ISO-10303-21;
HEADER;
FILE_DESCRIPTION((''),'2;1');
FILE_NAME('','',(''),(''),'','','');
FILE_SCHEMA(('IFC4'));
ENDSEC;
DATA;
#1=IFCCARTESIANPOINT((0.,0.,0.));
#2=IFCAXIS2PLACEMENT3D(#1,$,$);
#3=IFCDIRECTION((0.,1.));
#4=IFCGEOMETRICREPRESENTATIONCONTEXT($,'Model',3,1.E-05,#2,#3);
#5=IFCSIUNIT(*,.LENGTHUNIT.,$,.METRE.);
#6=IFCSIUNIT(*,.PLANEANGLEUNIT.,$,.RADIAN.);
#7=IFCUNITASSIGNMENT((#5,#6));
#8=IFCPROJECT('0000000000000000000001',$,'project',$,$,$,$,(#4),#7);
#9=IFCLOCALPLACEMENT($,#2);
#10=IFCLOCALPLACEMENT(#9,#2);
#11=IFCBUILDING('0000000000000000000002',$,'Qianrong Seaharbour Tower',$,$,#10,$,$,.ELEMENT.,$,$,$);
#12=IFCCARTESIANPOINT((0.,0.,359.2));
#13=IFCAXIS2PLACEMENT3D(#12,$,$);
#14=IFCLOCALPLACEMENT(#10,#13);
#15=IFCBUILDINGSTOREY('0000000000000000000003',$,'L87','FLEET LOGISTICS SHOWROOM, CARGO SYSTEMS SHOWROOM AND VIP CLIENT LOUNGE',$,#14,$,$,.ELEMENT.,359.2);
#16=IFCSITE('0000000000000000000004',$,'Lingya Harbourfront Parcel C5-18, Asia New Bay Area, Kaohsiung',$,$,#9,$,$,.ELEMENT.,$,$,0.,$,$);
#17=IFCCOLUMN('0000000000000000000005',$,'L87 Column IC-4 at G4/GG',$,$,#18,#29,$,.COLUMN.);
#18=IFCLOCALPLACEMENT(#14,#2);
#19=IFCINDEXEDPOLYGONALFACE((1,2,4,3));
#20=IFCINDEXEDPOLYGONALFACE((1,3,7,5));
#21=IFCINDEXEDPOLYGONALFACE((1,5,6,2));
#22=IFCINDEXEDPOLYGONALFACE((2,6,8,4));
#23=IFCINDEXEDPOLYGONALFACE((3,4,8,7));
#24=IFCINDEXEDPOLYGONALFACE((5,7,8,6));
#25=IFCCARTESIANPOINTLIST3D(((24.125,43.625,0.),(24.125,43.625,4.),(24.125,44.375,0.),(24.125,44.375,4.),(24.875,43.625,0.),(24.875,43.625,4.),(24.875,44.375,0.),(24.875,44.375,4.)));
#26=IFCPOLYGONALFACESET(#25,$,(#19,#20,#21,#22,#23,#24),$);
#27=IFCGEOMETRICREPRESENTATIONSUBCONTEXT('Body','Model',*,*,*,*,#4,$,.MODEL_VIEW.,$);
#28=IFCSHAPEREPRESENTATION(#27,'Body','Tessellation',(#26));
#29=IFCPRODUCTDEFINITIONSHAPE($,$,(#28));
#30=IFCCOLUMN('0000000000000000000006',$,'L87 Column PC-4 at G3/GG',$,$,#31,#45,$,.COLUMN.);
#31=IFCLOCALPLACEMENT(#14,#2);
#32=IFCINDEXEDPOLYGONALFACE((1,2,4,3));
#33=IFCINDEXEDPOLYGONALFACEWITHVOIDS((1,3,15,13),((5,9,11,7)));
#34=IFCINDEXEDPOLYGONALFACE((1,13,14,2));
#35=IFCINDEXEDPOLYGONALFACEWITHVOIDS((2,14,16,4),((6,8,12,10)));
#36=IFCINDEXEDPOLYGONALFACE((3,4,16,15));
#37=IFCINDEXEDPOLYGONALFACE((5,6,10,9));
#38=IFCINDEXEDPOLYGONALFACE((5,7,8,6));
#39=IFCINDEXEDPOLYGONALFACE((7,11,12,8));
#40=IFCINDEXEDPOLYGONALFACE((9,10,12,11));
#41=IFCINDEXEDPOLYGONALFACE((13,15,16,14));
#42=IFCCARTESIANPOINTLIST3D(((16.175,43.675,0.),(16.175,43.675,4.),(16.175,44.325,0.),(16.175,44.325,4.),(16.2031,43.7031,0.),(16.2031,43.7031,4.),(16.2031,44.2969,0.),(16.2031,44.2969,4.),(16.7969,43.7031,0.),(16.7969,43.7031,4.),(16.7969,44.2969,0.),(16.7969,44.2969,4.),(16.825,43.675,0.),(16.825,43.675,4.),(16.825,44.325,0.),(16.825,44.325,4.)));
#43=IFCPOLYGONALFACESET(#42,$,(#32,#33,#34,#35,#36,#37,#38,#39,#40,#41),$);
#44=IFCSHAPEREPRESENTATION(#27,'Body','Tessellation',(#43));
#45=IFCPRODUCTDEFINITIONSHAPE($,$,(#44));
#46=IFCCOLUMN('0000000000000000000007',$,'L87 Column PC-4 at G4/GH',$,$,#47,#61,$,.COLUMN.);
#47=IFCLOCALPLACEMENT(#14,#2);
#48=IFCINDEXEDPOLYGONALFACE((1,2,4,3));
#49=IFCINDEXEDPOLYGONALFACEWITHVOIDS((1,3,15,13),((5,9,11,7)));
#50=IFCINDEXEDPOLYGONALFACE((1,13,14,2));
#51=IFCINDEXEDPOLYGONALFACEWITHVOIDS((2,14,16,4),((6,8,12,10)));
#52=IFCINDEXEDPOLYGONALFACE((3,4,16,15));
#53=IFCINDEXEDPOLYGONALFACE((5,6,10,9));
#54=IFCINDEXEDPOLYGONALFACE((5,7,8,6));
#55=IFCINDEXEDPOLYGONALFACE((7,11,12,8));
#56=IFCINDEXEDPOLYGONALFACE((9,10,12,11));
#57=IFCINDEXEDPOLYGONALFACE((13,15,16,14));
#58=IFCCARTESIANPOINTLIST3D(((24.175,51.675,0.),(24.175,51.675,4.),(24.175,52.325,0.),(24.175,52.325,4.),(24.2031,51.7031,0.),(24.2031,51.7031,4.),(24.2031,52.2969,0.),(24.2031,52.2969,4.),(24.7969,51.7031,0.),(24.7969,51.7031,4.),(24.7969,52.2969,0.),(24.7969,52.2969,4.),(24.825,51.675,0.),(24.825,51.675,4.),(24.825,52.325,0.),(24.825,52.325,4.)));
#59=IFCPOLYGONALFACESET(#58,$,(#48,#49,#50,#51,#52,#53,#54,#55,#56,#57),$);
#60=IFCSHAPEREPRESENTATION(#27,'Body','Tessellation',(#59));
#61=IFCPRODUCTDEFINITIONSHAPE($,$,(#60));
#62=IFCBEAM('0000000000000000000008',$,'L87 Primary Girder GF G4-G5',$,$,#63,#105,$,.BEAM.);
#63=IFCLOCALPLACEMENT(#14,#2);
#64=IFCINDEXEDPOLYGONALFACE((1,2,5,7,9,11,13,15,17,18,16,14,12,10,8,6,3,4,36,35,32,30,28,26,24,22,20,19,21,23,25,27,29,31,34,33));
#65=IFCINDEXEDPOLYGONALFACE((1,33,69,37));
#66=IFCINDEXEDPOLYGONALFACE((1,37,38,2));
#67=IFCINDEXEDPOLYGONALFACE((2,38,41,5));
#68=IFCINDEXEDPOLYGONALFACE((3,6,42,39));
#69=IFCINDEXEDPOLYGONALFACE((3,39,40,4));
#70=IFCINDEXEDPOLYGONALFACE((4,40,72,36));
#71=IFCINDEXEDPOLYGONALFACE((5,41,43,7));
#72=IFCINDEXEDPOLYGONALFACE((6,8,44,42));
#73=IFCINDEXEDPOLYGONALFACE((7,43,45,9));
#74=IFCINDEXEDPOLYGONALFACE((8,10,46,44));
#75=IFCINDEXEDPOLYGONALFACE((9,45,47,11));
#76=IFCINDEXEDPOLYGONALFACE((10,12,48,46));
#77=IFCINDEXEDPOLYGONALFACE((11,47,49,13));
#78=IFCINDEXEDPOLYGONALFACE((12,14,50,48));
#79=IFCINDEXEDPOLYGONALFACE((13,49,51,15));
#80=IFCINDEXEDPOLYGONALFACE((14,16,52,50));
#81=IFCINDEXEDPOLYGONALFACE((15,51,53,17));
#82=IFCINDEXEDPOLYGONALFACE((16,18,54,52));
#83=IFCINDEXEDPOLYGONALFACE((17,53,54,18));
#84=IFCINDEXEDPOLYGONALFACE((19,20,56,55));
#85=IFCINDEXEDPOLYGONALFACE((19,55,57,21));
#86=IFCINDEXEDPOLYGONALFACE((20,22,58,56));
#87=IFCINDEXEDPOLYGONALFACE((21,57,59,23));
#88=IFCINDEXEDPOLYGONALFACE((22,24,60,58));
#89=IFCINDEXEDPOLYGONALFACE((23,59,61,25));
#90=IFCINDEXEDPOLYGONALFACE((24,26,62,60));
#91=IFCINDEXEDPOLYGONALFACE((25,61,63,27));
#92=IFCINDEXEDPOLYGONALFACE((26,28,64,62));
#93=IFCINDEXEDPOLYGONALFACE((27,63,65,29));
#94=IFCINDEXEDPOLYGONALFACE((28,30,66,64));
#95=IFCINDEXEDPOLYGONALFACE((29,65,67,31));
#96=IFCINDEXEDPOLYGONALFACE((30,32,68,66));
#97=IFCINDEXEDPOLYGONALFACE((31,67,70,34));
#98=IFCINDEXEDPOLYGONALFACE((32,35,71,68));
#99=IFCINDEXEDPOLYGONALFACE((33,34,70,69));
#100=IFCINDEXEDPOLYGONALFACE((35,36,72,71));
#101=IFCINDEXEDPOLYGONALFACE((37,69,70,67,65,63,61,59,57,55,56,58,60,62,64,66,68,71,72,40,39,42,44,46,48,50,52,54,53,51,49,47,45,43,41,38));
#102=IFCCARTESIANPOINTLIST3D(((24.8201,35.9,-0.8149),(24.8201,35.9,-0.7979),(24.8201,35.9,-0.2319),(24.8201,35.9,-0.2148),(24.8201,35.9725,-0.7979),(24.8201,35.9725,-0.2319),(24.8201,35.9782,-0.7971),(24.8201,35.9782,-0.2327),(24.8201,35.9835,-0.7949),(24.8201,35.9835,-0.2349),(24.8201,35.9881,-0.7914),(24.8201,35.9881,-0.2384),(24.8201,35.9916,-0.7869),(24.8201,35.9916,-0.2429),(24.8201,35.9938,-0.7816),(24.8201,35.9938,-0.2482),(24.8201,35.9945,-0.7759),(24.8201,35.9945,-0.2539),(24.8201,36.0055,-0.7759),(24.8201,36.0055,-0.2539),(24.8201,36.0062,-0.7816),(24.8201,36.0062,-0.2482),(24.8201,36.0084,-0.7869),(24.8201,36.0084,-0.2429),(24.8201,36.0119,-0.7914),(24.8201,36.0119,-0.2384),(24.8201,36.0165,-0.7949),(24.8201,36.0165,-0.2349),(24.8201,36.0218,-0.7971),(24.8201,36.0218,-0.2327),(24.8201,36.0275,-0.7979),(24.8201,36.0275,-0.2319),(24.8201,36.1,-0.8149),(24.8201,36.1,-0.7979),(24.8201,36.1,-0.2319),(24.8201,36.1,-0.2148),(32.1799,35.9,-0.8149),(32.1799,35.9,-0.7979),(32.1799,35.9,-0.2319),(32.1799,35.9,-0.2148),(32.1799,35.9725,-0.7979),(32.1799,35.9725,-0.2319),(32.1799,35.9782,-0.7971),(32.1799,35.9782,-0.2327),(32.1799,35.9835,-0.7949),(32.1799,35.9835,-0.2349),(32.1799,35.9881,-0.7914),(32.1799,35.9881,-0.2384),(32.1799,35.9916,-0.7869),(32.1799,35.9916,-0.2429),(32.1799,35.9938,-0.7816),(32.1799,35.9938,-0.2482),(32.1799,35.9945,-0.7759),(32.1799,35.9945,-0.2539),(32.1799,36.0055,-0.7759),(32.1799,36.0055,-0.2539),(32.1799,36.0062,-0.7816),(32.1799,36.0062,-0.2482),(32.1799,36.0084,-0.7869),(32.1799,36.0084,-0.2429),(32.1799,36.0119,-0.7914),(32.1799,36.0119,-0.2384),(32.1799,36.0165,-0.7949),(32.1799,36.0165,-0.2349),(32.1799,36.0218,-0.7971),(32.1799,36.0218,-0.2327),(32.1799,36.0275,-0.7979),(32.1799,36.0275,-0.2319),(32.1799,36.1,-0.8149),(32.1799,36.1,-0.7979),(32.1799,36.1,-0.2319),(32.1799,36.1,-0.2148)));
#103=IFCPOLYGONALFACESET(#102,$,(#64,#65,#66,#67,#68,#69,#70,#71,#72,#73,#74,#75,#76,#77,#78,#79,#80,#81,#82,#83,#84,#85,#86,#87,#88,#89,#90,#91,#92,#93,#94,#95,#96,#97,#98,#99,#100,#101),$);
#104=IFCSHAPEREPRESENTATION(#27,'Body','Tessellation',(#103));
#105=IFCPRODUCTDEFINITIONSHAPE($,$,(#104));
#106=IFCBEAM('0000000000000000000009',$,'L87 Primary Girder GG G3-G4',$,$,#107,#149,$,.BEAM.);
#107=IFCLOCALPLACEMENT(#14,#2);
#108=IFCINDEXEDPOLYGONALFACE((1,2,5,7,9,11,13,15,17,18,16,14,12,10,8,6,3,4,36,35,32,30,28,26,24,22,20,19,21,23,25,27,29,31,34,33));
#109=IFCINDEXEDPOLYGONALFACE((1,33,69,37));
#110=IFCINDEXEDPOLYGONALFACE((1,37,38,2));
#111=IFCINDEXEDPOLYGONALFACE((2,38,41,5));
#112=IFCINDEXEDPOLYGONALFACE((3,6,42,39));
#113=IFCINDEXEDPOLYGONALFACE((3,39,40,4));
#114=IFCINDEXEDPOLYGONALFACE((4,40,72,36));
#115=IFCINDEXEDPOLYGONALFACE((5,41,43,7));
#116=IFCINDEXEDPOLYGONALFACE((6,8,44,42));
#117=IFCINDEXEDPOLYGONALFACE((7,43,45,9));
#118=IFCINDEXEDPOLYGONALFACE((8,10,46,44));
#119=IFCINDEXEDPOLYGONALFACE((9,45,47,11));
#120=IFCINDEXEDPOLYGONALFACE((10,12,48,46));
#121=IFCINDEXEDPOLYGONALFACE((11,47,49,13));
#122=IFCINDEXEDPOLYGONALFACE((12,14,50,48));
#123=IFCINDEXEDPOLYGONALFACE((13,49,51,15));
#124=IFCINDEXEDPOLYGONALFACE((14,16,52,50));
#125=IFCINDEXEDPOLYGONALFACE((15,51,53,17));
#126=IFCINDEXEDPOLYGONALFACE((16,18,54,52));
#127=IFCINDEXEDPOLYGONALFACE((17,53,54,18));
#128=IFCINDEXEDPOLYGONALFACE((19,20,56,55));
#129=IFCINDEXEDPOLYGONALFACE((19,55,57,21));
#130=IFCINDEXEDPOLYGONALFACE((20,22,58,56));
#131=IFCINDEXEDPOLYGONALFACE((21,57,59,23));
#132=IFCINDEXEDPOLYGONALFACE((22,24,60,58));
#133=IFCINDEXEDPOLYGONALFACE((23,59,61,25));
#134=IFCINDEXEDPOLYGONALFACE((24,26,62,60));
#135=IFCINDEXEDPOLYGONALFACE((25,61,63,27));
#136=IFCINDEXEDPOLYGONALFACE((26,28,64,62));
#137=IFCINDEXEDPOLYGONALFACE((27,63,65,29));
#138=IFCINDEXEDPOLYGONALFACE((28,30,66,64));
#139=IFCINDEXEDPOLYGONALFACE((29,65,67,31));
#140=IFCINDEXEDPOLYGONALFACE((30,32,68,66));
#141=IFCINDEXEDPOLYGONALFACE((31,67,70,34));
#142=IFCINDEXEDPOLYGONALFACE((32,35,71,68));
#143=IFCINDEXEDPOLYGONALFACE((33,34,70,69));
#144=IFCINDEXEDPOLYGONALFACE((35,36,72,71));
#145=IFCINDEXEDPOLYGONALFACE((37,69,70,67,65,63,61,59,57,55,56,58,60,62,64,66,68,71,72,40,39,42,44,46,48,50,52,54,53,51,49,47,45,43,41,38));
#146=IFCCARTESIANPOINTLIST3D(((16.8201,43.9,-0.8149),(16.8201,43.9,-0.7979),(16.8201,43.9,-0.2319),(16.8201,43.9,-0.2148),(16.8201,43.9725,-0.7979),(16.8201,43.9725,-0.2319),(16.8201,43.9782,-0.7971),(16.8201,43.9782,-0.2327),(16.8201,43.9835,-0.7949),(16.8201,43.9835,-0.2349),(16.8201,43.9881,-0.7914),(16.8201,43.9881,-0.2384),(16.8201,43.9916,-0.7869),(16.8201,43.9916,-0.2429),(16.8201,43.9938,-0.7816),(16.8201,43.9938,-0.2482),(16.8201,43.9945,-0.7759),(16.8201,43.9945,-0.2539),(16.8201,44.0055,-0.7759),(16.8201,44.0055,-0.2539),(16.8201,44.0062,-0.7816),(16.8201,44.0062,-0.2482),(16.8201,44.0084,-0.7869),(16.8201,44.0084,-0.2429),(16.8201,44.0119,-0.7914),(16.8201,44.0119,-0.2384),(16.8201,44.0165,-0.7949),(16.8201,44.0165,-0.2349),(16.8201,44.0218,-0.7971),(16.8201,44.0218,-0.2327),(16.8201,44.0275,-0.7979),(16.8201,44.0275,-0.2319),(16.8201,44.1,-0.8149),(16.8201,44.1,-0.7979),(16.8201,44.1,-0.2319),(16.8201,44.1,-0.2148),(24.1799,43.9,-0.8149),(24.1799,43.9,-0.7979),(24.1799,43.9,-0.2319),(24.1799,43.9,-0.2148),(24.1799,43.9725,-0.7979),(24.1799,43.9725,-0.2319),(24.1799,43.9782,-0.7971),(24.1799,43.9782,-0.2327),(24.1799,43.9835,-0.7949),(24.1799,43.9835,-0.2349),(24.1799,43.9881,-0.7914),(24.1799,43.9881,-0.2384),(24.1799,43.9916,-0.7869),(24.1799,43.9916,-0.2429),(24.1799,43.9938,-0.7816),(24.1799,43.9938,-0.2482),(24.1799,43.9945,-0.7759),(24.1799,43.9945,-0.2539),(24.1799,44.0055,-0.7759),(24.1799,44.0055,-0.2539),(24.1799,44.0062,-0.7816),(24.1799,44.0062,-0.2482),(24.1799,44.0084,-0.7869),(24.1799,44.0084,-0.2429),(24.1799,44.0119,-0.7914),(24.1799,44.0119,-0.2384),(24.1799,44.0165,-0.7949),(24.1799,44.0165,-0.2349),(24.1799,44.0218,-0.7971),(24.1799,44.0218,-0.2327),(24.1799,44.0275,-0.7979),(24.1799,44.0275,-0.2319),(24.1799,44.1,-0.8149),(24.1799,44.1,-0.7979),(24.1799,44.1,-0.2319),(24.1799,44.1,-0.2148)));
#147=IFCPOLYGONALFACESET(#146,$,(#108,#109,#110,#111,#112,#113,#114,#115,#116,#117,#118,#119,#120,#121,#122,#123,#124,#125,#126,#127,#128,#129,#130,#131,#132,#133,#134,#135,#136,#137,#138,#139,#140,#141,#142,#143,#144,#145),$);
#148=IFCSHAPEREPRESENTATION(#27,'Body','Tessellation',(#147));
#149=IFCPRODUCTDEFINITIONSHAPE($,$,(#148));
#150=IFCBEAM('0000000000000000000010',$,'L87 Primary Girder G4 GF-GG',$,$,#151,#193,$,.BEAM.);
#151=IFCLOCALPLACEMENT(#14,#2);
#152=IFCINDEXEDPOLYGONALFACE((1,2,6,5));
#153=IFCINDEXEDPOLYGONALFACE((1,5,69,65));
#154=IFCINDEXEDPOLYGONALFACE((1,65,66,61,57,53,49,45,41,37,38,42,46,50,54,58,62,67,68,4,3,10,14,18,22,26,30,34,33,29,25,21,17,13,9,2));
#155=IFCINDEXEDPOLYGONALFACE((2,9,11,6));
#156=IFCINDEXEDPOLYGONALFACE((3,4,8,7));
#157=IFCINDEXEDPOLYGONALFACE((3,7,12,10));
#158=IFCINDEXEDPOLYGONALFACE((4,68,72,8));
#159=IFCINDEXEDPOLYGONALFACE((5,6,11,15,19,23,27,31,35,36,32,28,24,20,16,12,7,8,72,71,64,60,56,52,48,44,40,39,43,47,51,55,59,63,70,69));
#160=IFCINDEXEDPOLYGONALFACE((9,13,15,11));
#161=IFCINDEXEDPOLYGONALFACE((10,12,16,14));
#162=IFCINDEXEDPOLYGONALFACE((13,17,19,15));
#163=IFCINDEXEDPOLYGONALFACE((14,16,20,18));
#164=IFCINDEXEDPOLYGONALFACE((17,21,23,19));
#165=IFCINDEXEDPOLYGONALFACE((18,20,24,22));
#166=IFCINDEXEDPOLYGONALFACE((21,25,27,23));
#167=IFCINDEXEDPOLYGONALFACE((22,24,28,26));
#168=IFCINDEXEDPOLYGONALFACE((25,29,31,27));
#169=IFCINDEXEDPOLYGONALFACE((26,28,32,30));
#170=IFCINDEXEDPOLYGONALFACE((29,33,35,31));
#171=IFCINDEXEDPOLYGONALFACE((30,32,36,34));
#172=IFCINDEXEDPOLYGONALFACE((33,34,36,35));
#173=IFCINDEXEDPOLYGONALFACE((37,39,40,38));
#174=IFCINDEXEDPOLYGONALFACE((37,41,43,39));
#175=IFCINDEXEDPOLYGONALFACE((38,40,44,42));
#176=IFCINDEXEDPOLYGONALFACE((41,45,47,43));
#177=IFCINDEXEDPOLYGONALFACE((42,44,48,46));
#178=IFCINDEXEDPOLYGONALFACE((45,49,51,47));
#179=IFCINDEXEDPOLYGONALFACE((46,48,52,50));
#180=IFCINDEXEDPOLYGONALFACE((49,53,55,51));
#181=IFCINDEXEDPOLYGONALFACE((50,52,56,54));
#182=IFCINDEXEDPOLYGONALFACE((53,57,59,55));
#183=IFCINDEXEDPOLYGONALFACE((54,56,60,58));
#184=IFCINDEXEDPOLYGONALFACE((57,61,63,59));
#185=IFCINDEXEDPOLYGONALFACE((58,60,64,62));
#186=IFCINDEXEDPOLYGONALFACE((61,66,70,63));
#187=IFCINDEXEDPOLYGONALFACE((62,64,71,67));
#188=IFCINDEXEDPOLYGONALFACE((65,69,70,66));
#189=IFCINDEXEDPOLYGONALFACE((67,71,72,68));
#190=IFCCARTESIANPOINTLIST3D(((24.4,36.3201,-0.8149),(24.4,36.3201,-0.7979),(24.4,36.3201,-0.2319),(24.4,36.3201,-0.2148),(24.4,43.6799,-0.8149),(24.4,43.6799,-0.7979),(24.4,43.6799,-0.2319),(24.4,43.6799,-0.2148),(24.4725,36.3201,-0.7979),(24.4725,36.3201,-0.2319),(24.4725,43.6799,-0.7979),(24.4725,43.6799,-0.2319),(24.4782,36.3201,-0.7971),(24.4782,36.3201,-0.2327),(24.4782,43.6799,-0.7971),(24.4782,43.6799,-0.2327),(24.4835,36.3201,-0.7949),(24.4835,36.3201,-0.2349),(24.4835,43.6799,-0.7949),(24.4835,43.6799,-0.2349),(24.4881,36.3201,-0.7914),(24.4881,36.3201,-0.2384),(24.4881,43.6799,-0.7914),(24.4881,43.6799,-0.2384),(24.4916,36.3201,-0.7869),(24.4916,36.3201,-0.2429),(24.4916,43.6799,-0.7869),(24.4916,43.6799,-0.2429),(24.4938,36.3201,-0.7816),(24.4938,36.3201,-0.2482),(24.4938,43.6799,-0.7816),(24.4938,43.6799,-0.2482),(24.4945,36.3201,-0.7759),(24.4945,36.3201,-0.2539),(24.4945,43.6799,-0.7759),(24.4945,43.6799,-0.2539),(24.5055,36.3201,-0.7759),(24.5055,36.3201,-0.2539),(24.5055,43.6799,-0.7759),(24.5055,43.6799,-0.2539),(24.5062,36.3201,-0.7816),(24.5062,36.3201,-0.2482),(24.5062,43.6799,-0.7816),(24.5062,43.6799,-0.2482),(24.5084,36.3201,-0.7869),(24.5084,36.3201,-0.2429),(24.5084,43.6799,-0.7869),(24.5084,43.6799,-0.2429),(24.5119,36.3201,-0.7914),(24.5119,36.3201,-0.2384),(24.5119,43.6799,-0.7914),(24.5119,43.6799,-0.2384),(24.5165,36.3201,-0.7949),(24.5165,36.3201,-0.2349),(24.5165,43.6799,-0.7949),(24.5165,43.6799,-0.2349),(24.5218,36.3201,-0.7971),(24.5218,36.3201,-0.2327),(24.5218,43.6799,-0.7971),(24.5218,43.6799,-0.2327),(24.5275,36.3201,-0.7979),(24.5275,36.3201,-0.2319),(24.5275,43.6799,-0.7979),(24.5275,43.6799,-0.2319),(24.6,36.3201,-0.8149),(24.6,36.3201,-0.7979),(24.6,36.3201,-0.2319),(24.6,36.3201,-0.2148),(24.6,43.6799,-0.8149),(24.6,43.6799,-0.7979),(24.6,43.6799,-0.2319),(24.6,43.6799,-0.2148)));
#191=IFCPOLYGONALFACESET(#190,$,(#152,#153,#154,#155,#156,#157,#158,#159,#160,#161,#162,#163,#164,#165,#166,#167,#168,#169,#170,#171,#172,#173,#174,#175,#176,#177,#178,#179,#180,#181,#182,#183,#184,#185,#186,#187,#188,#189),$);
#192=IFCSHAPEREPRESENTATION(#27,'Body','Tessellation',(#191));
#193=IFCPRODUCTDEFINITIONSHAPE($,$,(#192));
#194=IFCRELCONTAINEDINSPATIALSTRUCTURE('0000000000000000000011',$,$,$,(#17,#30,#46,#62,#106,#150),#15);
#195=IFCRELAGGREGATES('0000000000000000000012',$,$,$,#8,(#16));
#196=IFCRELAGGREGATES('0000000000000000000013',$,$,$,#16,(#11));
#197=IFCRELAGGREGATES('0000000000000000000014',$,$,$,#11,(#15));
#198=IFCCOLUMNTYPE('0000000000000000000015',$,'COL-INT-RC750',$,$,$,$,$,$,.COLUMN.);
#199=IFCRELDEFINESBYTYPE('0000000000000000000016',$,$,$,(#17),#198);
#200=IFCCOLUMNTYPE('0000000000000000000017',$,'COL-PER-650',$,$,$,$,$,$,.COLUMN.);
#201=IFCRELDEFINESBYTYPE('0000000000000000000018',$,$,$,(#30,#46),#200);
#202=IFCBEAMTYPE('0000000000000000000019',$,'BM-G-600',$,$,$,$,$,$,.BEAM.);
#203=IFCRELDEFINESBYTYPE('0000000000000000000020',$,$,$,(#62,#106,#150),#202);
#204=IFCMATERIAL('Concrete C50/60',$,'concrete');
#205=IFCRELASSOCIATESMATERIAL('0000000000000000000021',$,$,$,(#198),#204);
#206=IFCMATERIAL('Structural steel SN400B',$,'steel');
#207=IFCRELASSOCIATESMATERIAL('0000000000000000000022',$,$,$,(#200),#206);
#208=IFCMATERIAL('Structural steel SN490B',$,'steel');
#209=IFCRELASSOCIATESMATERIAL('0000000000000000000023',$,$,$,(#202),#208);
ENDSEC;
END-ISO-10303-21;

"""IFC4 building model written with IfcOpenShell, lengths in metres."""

from ifc_helpers import new_model, si_unit, direction, frame, origin, origin_2d, place, context, subcontext, project, spatial, rectangle, hollow_rectangle, i_section, extrude, material, material_profile, profile_set, type_object, element, save


model = new_model("IFC4")

# Units and contexts
model_context = context("Model", 3, precision=1e-05, world=origin(), true_north=direction((0.0, 1.0)))
body_context = subcontext(model_context, "Body", "Model", "MODEL_VIEW")
ifc_project = project(units=[si_unit("LENGTHUNIT", "METRE"), si_unit("PLANEANGLEUNIT", "RADIAN")], contexts=[model_context])

# Site, building, storey
site_placement = place(None, origin())
site = spatial("IfcSite", under=ifc_project, at=site_placement, Name="Lingya Harbourfront Parcel C5-18, Asia New Bay Area, Kaohsiung", CompositionType="ELEMENT", RefElevation=0.0)
building_placement = place(site_placement, origin())
building = spatial("IfcBuilding", under=site, at=building_placement, Name="Qianrong Seaharbour Tower", CompositionType="ELEMENT")
storey_placement = place(building_placement, frame((0.0, 0.0, 359.2)))
storey = spatial("IfcBuildingStorey", under=building, at=storey_placement, Name="L87", Description="FLEET LOGISTICS SHOWROOM, CARGO SYSTEMS SHOWROOM AND VIP CLIENT LOUNGE", CompositionType="ELEMENT", Elevation=359.2)

# Columns
ifc_material_1 = material(Name="Concrete C50/60", Category="concrete")
ifc_material_profile_1 = material_profile(ifc_material_1, rectangle(XDim=0.75, YDim=0.75, at=origin_2d()), Name="RC750x750")
ifc_profile_set_1 = profile_set([ifc_material_profile_1], Name="Concrete C50/60")
column_type_1 = type_object("IfcColumnType", Name="COL-INT-RC750", PredefinedType="COLUMN", material=ifc_profile_set_1)
column_placement = place(storey_placement, frame((24.5, 44.0, 0.0), z_axis=(0.0, 0.0, 1.0), x_axis=(1.0, 0.0, 0.0)))
element("IfcColumn", 1, at=column_placement, inside=storey, type_object=column_type_1, Name="L87 Column IC-4 at G4/GG", PredefinedType="COLUMN", context=body_context, shape_type="SweptSolid", body=[
    extrude(rectangle(XDim=0.75, YDim=0.75, at=origin_2d()), origin(), (0.0, 0.0, 1.0), 4.0),
])
ifc_material_2 = material(Name="Structural steel SN400B", Category="steel")
ifc_material_profile_2 = material_profile(ifc_material_2, hollow_rectangle(XDim=0.6499, YDim=0.6499, WallThickness=0.0281, at=origin_2d()), Name="BOX650x650x28")
ifc_profile_set_2 = profile_set([ifc_material_profile_2], Name="Structural steel SN400B")
column_type_2 = type_object("IfcColumnType", Name="COL-PER-650", PredefinedType="COLUMN", material=ifc_profile_set_2)
for number, where, z_axis, x_axis, name in (
    (2, (16.5, 44.0, 0.0), (0.0, 0.0, 1.0), (1.0, 0.0, 0.0), "L87 Column PC-4 at G3/GG"),
    (3, (24.5, 52.0, 0.0), (0.0, 0.0, 1.0), (1.0, 0.0, 0.0), "L87 Column PC-4 at G4/GH"),
):
    element("IfcColumn", number, at=place(storey_placement, frame(where, z_axis=z_axis, x_axis=x_axis)), inside=storey, type_object=column_type_2, Name=name, PredefinedType="COLUMN", context=body_context, shape_type="SweptSolid", body=[
        extrude(hollow_rectangle(XDim=0.6499, YDim=0.6499, WallThickness=0.0281, at=origin_2d()), origin(), (0.0, 0.0, 1.0), 4.0),
    ])

# Beams
ifc_material_3 = material(Name="Structural steel SN490B", Category="steel")
ifc_material_profile_3 = material_profile(ifc_material_3, i_section(OverallWidth=0.2, OverallDepth=0.6001, WebThickness=0.011, FlangeThickness=0.0171, FilletRadius=0.022, at=origin_2d()), Name="H600x200x11x17")
ifc_profile_set_3 = profile_set([ifc_material_profile_3], Name="Structural steel SN490B")
beam_type_1 = type_object("IfcBeamType", Name="BM-G-600", PredefinedType="BEAM", material=ifc_profile_set_3)
for number, where, z_axis, x_axis, name in (
    (4, (24.8201, 36.0, -0.5149), (1.0, 0.0, 0.0), (0.0, 1.0, 0.0), "L87 Primary Girder GF G4-G5"),
    (5, (16.8201, 44.0, -0.5149), (1.0, 0.0, 0.0), (0.0, 1.0, 0.0), "L87 Primary Girder GG G3-G4"),
    (6, (24.5, 36.3201, -0.5149), (0.0, 1.0, 0.0), (-1.0, 0.0, 0.0), "L87 Primary Girder G4 GF-GG"),
):
    element("IfcBeam", number, at=place(storey_placement, frame(where, z_axis=z_axis, x_axis=x_axis)), inside=storey, type_object=beam_type_1, Name=name, PredefinedType="BEAM", context=body_context, shape_type="SweptSolid", body=[
        extrude(i_section(OverallWidth=0.2, OverallDepth=0.6001, WebThickness=0.011, FlangeThickness=0.0171, FilletRadius=0.022, at=origin_2d()), origin(), (0.0, 0.0, 1.0), 7.3599),
    ])

save(model, "model.ifc")
